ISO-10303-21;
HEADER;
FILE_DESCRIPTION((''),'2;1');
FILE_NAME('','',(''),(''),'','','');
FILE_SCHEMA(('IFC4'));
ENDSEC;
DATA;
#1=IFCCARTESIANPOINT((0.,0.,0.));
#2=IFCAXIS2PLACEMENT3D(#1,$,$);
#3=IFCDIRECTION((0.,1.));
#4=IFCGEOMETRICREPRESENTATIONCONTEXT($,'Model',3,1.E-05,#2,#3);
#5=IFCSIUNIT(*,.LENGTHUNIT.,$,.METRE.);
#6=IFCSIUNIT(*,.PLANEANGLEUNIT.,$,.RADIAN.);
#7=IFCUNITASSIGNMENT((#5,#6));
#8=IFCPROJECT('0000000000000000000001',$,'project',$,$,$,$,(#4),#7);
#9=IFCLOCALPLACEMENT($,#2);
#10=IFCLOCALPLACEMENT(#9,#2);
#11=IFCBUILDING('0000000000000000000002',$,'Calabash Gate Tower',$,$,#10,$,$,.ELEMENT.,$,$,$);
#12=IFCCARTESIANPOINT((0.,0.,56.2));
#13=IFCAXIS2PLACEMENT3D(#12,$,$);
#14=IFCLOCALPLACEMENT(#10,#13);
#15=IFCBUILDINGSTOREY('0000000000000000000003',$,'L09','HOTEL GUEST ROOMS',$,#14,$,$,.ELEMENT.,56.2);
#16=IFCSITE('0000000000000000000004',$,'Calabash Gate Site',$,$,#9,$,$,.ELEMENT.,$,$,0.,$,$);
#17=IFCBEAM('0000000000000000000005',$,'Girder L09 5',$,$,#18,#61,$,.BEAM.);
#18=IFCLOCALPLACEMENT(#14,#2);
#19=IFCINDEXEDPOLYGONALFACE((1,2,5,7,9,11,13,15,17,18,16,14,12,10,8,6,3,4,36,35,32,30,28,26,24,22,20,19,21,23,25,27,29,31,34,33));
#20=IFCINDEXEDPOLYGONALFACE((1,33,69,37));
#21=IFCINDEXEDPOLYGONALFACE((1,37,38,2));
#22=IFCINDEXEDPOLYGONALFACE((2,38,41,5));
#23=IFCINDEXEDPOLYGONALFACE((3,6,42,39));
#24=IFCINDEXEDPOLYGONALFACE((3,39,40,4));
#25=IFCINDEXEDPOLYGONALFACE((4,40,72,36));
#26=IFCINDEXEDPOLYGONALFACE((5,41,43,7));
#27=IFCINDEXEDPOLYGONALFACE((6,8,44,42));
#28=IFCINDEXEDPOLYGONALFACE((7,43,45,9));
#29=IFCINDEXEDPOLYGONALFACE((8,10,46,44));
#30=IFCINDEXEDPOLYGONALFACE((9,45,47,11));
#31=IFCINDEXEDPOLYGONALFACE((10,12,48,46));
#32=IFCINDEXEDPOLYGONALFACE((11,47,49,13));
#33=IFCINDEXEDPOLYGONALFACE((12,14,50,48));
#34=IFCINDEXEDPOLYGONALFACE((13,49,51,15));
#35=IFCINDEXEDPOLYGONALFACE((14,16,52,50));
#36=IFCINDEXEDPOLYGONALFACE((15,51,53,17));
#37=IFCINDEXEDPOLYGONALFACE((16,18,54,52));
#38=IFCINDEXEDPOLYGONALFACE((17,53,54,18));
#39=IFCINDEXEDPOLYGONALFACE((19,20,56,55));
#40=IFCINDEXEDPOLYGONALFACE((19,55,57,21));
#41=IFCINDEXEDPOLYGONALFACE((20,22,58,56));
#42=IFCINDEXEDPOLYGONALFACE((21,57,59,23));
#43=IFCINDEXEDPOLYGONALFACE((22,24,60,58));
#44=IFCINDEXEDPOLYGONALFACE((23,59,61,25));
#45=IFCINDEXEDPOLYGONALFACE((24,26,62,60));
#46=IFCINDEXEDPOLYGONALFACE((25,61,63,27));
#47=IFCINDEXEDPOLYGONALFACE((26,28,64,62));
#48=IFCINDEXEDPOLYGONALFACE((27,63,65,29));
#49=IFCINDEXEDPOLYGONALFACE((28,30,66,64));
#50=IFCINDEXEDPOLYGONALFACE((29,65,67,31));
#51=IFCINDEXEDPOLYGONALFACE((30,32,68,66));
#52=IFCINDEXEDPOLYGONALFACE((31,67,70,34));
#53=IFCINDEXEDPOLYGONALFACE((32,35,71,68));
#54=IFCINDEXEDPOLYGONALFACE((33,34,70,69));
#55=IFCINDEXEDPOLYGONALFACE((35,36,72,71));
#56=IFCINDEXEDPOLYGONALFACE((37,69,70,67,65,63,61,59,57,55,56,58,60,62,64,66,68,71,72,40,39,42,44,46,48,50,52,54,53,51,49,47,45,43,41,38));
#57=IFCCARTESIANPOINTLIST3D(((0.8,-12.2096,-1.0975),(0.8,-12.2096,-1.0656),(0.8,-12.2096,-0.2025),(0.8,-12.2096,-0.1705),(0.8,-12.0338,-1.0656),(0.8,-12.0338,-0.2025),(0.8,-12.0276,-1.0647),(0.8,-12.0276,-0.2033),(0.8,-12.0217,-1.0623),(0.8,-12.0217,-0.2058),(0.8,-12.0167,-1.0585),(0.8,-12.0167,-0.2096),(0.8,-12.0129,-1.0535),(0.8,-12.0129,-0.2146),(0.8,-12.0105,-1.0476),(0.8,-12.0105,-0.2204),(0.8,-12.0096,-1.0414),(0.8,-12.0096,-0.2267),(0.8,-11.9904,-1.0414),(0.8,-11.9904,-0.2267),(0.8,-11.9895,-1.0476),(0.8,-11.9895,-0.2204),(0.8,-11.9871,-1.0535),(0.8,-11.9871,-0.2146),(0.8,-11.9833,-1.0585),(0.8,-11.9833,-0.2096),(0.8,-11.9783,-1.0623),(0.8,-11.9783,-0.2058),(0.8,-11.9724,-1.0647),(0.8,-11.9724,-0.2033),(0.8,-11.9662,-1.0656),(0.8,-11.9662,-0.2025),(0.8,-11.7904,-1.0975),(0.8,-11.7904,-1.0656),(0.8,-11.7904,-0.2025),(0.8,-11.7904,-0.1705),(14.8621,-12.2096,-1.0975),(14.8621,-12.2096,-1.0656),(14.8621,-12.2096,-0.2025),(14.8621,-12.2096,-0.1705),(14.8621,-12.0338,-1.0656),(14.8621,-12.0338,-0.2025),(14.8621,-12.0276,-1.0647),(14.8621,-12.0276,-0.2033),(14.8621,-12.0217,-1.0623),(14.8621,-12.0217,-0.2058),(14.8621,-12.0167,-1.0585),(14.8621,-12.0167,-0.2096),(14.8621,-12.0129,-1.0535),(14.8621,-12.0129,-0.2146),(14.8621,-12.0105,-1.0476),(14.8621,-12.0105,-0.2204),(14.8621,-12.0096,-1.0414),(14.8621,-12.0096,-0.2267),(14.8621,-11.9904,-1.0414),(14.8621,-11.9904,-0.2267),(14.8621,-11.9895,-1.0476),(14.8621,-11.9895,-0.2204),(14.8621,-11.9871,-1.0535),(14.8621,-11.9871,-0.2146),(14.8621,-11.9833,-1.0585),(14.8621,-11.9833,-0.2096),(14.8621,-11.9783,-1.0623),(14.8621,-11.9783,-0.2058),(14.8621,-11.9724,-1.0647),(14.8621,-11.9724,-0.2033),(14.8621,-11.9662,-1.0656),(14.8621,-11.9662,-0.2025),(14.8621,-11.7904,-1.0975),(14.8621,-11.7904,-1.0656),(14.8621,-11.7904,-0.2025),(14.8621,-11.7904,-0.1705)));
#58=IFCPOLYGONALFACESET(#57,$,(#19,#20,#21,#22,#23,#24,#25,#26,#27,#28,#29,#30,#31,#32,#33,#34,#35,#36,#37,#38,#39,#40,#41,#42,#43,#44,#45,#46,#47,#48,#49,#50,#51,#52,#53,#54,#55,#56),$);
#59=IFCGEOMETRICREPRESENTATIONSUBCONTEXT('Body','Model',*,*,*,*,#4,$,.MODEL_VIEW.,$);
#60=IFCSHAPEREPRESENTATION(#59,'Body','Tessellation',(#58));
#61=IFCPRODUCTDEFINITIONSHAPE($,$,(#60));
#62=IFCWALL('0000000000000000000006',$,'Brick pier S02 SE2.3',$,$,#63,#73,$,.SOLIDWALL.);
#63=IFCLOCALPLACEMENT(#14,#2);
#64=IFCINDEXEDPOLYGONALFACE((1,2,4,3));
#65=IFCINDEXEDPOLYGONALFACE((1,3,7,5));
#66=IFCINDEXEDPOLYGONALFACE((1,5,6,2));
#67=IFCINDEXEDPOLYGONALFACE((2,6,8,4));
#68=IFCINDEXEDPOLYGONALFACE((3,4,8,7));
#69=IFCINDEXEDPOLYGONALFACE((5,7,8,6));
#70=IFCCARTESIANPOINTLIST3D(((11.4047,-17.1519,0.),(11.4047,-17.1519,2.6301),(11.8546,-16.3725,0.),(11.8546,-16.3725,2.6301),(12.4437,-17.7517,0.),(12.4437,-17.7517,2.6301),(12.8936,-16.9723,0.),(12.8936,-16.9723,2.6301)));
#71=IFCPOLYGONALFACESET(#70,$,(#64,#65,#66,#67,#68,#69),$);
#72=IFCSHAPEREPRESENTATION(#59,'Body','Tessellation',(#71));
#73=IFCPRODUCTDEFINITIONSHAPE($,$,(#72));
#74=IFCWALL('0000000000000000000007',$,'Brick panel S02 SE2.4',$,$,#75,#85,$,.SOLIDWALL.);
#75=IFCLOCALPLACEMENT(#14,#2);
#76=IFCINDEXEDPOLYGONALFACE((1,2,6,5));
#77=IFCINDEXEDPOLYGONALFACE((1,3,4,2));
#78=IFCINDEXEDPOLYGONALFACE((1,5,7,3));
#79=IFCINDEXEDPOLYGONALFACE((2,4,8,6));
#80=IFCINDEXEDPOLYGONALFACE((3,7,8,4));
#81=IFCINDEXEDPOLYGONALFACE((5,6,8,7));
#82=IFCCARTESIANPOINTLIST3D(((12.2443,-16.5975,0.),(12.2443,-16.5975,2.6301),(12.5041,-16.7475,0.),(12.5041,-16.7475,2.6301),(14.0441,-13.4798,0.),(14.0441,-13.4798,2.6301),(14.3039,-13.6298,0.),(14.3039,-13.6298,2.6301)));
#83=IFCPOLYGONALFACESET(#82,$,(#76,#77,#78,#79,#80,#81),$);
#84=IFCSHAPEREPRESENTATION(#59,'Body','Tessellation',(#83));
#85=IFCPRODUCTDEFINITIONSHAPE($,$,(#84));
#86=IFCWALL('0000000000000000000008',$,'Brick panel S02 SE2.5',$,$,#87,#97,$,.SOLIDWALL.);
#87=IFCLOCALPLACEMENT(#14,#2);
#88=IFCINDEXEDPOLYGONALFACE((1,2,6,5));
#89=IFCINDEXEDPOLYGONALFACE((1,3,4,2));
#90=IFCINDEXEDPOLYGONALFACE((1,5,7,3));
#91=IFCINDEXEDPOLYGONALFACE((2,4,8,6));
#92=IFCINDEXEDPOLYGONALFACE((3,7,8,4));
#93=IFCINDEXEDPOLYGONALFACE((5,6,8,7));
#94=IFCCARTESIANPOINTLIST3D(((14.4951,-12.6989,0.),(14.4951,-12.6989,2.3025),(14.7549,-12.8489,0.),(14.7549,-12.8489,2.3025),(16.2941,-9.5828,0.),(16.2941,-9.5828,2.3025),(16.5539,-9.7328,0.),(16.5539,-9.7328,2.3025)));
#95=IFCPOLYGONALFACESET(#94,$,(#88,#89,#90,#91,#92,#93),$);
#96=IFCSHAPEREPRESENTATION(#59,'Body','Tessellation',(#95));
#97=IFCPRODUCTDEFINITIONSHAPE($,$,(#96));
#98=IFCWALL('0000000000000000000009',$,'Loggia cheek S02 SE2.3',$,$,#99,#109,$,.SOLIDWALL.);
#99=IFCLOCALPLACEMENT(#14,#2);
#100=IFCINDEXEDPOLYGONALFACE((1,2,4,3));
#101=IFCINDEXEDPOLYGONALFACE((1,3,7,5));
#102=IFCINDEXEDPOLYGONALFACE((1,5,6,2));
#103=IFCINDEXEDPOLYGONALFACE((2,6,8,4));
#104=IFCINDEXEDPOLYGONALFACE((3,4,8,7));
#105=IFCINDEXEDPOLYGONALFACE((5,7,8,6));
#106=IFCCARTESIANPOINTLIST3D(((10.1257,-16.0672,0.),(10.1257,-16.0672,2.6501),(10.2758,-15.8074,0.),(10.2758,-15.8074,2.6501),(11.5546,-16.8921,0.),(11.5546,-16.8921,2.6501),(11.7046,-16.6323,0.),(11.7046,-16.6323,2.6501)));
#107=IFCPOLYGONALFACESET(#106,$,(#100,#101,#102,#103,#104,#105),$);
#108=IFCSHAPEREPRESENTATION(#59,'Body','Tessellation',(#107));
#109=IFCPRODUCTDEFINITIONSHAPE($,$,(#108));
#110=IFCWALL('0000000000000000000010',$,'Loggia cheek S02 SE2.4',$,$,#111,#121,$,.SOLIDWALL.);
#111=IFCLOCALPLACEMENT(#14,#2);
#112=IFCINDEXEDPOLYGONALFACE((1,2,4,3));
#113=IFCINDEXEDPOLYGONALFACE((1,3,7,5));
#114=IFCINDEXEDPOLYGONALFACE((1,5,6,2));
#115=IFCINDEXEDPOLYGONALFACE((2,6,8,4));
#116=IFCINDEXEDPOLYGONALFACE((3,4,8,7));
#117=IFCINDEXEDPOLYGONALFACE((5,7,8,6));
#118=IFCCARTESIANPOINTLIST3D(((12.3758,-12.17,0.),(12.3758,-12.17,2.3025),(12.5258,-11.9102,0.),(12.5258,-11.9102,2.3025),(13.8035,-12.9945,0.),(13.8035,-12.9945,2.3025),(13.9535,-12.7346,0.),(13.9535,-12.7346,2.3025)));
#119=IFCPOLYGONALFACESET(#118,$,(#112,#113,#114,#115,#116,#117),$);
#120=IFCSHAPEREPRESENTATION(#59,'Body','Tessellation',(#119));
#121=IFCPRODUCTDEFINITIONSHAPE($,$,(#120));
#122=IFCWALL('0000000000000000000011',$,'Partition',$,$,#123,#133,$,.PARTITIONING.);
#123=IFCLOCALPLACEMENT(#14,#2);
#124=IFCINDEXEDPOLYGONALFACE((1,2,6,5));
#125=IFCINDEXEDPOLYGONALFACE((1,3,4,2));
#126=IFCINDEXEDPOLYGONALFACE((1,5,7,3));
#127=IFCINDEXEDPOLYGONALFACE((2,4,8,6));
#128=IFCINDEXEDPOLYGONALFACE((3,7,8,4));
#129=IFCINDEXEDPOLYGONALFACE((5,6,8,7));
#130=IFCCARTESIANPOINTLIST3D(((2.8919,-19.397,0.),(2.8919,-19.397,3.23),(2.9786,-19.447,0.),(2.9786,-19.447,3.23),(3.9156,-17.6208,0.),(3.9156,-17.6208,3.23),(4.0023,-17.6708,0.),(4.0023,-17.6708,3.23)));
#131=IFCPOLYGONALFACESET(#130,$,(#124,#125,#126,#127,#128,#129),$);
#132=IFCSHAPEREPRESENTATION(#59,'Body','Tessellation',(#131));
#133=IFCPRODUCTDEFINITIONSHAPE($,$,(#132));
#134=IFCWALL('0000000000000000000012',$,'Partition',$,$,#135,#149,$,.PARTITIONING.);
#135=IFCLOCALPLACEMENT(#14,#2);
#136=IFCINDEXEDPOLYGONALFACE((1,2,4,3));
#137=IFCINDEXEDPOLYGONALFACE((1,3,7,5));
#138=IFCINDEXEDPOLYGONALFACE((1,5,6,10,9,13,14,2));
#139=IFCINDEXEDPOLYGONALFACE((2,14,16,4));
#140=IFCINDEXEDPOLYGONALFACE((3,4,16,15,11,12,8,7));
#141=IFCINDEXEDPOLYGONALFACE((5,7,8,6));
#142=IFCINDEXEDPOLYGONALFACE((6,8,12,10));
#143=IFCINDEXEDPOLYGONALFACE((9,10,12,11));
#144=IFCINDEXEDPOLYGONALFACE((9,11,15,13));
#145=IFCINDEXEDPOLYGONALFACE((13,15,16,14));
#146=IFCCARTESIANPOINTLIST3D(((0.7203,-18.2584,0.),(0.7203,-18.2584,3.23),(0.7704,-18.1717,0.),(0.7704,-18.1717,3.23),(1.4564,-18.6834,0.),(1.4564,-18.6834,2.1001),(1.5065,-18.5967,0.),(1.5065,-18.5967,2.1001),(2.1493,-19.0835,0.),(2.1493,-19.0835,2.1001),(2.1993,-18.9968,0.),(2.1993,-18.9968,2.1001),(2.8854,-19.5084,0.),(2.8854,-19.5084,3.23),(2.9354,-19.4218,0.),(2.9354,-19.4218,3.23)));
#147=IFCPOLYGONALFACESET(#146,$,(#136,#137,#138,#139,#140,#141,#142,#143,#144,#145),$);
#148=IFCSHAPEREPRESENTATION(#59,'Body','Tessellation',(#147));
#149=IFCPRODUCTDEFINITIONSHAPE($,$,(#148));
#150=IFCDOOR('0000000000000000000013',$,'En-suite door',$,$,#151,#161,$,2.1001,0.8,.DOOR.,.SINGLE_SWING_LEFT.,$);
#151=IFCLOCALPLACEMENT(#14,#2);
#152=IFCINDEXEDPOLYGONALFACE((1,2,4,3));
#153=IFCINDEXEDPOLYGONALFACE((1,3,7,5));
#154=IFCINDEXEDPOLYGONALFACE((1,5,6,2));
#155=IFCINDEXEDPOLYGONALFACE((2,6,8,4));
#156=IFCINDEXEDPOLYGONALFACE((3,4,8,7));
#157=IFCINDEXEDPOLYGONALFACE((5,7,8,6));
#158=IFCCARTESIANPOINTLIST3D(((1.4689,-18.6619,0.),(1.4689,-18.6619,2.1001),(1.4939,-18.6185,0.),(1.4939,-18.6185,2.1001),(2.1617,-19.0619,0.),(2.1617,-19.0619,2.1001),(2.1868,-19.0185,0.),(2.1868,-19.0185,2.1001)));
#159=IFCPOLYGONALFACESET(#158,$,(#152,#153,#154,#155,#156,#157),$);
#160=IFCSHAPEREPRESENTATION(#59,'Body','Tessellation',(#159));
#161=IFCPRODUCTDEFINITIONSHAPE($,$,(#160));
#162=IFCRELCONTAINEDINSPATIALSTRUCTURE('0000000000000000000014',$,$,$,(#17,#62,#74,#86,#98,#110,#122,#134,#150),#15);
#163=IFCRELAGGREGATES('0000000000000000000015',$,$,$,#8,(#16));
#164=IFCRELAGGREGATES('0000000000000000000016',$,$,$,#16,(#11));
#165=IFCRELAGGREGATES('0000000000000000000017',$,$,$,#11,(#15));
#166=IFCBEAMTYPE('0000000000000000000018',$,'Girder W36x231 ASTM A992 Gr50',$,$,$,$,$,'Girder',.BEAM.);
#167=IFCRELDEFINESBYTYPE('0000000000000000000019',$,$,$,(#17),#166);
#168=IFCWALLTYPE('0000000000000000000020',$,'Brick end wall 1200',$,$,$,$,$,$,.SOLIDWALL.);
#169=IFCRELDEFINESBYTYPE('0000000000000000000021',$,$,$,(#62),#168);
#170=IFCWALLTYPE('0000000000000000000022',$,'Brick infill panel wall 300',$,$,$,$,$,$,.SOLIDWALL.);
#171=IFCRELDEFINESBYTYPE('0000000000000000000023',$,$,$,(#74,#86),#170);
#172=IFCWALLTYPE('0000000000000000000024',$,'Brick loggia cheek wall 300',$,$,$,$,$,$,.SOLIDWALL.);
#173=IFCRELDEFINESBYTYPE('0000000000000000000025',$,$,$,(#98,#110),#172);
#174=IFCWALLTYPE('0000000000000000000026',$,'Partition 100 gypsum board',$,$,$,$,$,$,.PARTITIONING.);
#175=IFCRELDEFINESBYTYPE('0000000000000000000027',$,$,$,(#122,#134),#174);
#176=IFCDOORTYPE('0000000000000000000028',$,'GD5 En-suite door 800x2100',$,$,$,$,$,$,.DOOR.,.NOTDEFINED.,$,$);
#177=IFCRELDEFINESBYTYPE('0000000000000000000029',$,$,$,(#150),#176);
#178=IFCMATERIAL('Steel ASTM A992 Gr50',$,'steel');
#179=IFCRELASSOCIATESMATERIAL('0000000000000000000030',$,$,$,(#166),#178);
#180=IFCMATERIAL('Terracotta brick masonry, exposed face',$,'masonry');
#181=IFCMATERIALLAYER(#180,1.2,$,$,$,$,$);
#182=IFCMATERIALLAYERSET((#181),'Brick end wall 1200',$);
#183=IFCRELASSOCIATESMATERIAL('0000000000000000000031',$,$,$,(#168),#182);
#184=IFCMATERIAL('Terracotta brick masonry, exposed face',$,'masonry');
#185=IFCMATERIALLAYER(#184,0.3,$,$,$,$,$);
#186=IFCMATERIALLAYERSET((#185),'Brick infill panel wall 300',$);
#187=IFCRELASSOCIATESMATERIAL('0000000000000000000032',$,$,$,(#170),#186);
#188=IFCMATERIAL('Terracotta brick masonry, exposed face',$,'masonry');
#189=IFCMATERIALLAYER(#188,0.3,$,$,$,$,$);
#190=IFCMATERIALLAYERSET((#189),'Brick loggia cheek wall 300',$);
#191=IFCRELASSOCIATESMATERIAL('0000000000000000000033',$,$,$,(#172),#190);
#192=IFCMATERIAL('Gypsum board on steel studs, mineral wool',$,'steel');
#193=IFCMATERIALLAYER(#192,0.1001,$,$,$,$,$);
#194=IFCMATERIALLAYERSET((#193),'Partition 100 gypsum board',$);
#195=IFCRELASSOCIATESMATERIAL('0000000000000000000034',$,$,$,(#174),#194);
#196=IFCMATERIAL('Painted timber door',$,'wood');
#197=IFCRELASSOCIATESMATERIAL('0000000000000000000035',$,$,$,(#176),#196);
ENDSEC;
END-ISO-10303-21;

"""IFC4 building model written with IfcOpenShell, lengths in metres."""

from ifc_helpers import new_model, si_unit, direction, frame, frame_2d, origin, origin_2d, place, context, subcontext, project, spatial, rectangle, i_section, extrude, material, layer, layer_set, material_profile, profile_set, type_object, element, fill, save


model = new_model("IFC4")

# Units and contexts
model_context = context("Model", 3, precision=1e-05, world=origin(), true_north=direction((0.0, 1.0)))
body_context = subcontext(model_context, "Body", "Model", "MODEL_VIEW")
ifc_project = project(units=[si_unit("LENGTHUNIT", "METRE"), si_unit("PLANEANGLEUNIT", "RADIAN")], contexts=[model_context])

# Site, building, storey
site_placement = place(None, origin())
site = spatial("IfcSite", under=ifc_project, at=site_placement, Name="Calabash Gate Site", CompositionType="ELEMENT", RefElevation=0.0)
building_placement = place(site_placement, origin())
building = spatial("IfcBuilding", under=site, at=building_placement, Name="Calabash Gate Tower", CompositionType="ELEMENT")
storey_placement = place(building_placement, frame((0.0, 0.0, 56.2)))
storey = spatial("IfcBuildingStorey", under=building, at=storey_placement, Name="L09", Description="HOTEL GUEST ROOMS", CompositionType="ELEMENT", Elevation=56.2)

# Beam
ifc_material_1 = material(Name="Steel ASTM A992 Gr50", Category="steel")
ifc_material_profile_1 = material_profile(ifc_material_1, i_section(OverallWidth=0.4192, OverallDepth=0.927, WebThickness=0.0193, FlangeThickness=0.032, FilletRadius=0.0242, at=origin_2d()))
ifc_profile_set_1 = profile_set([ifc_material_profile_1], Name="Steel ASTM A992 Gr50")
beam_type_1 = type_object("IfcBeamType", Name="Girder W36x231 ASTM A992 Gr50", ElementType="Girder", PredefinedType="BEAM", material=ifc_profile_set_1)
beam_1_placement = place(storey_placement, frame((0.8, -12.0, -0.634), z_axis=(1.0, 0.0, 0.0), x_axis=(0.0, 1.0, 0.0)))
element("IfcBeam", 1, at=beam_1_placement, inside=storey, type_object=beam_type_1, Name="Girder L09 5", PredefinedType="BEAM", context=body_context, shape_type="SweptSolid", body=[
    extrude(i_section(OverallWidth=0.4192, OverallDepth=0.927, WebThickness=0.0193, FlangeThickness=0.032, FilletRadius=0.0242, at=origin_2d()), origin(), (0.0, 0.0, 1.0), 14.062),
])

# Walls
ifc_material_2 = material(Name="Terracotta brick masonry, exposed face", Category="masonry")
ifc_layer_1 = layer(ifc_material_2, 1.2)
ifc_layer_set_1 = layer_set([ifc_layer_1], Name="Brick end wall 1200")
wall_type_1 = type_object("IfcWallType", Name="Brick end wall 1200", PredefinedType="SOLIDWALL", material=ifc_layer_set_1)
wall_1_placement = place(storey_placement, frame((11.6296, -16.7622, 0.0), z_axis=(0.0, 0.0, 1.0), x_axis=(0.866043, -0.499969, 0.0)))
element("IfcWall", 2, at=wall_1_placement, inside=storey, type_object=wall_type_1, Name="Brick pier S02 SE2.3", PredefinedType="SOLIDWALL", context=body_context, shape_type="SweptSolid", body=[
    extrude(rectangle(XDim=1.1997, YDim=0.8999, at=frame_2d((0.5999, 0.0))), origin(), (0.0, 0.0, 1.0), 2.6301),
])
ifc_material_3 = material(Name="Terracotta brick masonry, exposed face", Category="masonry")
ifc_layer_2 = layer(ifc_material_3, 0.3)
ifc_layer_set_2 = layer_set([ifc_layer_2], Name="Brick infill panel wall 300")
wall_type_2 = type_object("IfcWallType", Name="Brick infill panel wall 300", PredefinedType="SOLIDWALL", material=ifc_layer_set_2)
wall_2_placement = place(storey_placement, frame((12.3743, -16.6724, 0.0), z_axis=(0.0, 0.0, 1.0), x_axis=(0.499961, 0.866048, 0.0)))
element("IfcWall", 3, at=wall_2_placement, inside=storey, type_object=wall_type_2, Name="Brick panel S02 SE2.4", PredefinedType="SOLIDWALL", context=body_context, shape_type="SweptSolid", body=[
    extrude(rectangle(XDim=3.5999, YDim=0.3, at=frame_2d((1.7998, 0.0))), origin(), (0.0, 0.0, 1.0), 2.6301),
])
wall_3_placement = place(storey_placement, frame((14.625, -12.7739, 0.0), z_axis=(0.0, 0.0, 1.0), x_axis=(0.499985, 0.866034, 0.0)))
element("IfcWall", 4, at=wall_3_placement, inside=storey, type_object=wall_type_2, Name="Brick panel S02 SE2.5", PredefinedType="SOLIDWALL", context=body_context, shape_type="SweptSolid", body=[
    extrude(rectangle(XDim=3.5981, YDim=0.3, at=frame_2d((1.7991, 0.0))), origin(), (0.0, 0.0, 1.0), 2.3025),
])
ifc_material_4 = material(Name="Terracotta brick masonry, exposed face", Category="masonry")
ifc_layer_3 = layer(ifc_material_4, 0.3)
ifc_layer_set_3 = layer_set([ifc_layer_3], Name="Brick loggia cheek wall 300")
wall_type_3 = type_object("IfcWallType", Name="Brick loggia cheek wall 300", PredefinedType="SOLIDWALL", material=ifc_layer_set_3)
wall_4_placement = place(storey_placement, frame((11.6296, -16.7622, 0.0), z_axis=(0.0, 0.0, 1.0), x_axis=(-0.86604, 0.499974, 0.0)))
element("IfcWall", 5, at=wall_4_placement, inside=storey, type_object=wall_type_3, Name="Loggia cheek S02 SE2.3", PredefinedType="SOLIDWALL", context=body_context, shape_type="SweptSolid", body=[
    extrude(rectangle(XDim=1.6499, YDim=0.3, at=frame_2d((0.825, 0.0))), origin(), (0.0, 0.0, 1.0), 2.6501),
])
wall_5_placement = place(storey_placement, frame((13.8784, -12.8645, 0.0), z_axis=(0.0, 0.0, 1.0), x_axis=(-0.865983, 0.500073, 0.0)))
element("IfcWall", 6, at=wall_5_placement, inside=storey, type_object=wall_type_3, Name="Loggia cheek S02 SE2.4", PredefinedType="SOLIDWALL", context=body_context, shape_type="SweptSolid", body=[
    extrude(rectangle(XDim=1.6487, YDim=0.3, at=frame_2d((0.8242, 0.0))), origin(), (0.0, 0.0, 1.0), 2.3025),
])
ifc_material_5 = material(Name="Gypsum board on steel studs, mineral wool", Category="steel")
ifc_layer_4 = layer(ifc_material_5, 0.1001)
ifc_layer_set_4 = layer_set([ifc_layer_4], Name="Partition 100 gypsum board")
wall_type_4 = type_object("IfcWallType", Name="Partition 100 gypsum board", PredefinedType="PARTITIONING", material=ifc_layer_set_4)
wall_6_placement = place(storey_placement, frame((2.9353, -19.4219, 0.0), z_axis=(0.0, 0.0, 1.0), x_axis=(0.499355, 0.866398, 0.0)))
element("IfcWall", 7, at=wall_6_placement, inside=storey, type_object=wall_type_4, Name="Partition", PredefinedType="PARTITIONING", context=body_context, shape_type="SweptSolid", body=[
    extrude(rectangle(XDim=2.05, YDim=0.1001, at=frame_2d((1.0249, 0.0))), origin(), (0.0, 0.0, 1.0), 3.23),
])

# Wall, opening, door
wall_7_placement = place(storey_placement, frame((0.7454, -18.2151, 0.0), z_axis=(0.0, 0.0, 1.0), x_axis=(0.866023, -0.500004, 0.0)))
wall_7 = element("IfcWall", 8, at=wall_7_placement, inside=storey, type_object=wall_type_4, Name="Partition", PredefinedType="PARTITIONING", context=body_context, shape_type="SweptSolid", body=[
    extrude(rectangle(XDim=2.5, YDim=0.1001, at=frame_2d((1.25, 0.0))), origin(), (0.0, 0.0, 1.0), 3.23),
])
opening_1_placement = place(wall_7_placement, frame((0.8501, 0.0, 0.0)))
opening_1 = element("IfcOpeningElement", 9, at=opening_1_placement, cuts=wall_7, PredefinedType="OPENING", context=body_context, shape_type="SweptSolid", body=[
    extrude(rectangle(XDim=0.8, YDim=2.1001, at=frame_2d((0.3999, 1.05))), frame((0.0, 0.0601, 0.0), z_axis=(0.0, -1.0, 0.0), x_axis=(1.0, 0.0, 0.0)), (0.0, 0.0, 1.0), 0.1201),
])
ifc_material_6 = material(Name="Painted timber door", Category="wood")
door_type_1 = type_object("IfcDoorType", Name="GD5 En-suite door 800x2100", OperationType="NOTDEFINED", PredefinedType="DOOR", material=ifc_material_6)
door_1_placement = place(opening_1_placement, origin())
door_1 = element("IfcDoor", 10, at=door_1_placement, inside=storey, type_object=door_type_1, Name="En-suite door", OperationType="SINGLE_SWING_LEFT", OverallHeight=2.1001, OverallWidth=0.8, PredefinedType="DOOR", context=body_context, shape_type="SweptSolid", body=[
    extrude(rectangle(XDim=0.8, YDim=2.1001, at=frame_2d((0.3999, 1.05))), frame((0.0, 0.0249, 0.0), z_axis=(0.0, -1.0, 0.0), x_axis=(1.0, 0.0, 0.0)), (0.0, 0.0, 1.0), 0.05),
])
fill(opening_1, door_1)

save(model, "model.ifc")
